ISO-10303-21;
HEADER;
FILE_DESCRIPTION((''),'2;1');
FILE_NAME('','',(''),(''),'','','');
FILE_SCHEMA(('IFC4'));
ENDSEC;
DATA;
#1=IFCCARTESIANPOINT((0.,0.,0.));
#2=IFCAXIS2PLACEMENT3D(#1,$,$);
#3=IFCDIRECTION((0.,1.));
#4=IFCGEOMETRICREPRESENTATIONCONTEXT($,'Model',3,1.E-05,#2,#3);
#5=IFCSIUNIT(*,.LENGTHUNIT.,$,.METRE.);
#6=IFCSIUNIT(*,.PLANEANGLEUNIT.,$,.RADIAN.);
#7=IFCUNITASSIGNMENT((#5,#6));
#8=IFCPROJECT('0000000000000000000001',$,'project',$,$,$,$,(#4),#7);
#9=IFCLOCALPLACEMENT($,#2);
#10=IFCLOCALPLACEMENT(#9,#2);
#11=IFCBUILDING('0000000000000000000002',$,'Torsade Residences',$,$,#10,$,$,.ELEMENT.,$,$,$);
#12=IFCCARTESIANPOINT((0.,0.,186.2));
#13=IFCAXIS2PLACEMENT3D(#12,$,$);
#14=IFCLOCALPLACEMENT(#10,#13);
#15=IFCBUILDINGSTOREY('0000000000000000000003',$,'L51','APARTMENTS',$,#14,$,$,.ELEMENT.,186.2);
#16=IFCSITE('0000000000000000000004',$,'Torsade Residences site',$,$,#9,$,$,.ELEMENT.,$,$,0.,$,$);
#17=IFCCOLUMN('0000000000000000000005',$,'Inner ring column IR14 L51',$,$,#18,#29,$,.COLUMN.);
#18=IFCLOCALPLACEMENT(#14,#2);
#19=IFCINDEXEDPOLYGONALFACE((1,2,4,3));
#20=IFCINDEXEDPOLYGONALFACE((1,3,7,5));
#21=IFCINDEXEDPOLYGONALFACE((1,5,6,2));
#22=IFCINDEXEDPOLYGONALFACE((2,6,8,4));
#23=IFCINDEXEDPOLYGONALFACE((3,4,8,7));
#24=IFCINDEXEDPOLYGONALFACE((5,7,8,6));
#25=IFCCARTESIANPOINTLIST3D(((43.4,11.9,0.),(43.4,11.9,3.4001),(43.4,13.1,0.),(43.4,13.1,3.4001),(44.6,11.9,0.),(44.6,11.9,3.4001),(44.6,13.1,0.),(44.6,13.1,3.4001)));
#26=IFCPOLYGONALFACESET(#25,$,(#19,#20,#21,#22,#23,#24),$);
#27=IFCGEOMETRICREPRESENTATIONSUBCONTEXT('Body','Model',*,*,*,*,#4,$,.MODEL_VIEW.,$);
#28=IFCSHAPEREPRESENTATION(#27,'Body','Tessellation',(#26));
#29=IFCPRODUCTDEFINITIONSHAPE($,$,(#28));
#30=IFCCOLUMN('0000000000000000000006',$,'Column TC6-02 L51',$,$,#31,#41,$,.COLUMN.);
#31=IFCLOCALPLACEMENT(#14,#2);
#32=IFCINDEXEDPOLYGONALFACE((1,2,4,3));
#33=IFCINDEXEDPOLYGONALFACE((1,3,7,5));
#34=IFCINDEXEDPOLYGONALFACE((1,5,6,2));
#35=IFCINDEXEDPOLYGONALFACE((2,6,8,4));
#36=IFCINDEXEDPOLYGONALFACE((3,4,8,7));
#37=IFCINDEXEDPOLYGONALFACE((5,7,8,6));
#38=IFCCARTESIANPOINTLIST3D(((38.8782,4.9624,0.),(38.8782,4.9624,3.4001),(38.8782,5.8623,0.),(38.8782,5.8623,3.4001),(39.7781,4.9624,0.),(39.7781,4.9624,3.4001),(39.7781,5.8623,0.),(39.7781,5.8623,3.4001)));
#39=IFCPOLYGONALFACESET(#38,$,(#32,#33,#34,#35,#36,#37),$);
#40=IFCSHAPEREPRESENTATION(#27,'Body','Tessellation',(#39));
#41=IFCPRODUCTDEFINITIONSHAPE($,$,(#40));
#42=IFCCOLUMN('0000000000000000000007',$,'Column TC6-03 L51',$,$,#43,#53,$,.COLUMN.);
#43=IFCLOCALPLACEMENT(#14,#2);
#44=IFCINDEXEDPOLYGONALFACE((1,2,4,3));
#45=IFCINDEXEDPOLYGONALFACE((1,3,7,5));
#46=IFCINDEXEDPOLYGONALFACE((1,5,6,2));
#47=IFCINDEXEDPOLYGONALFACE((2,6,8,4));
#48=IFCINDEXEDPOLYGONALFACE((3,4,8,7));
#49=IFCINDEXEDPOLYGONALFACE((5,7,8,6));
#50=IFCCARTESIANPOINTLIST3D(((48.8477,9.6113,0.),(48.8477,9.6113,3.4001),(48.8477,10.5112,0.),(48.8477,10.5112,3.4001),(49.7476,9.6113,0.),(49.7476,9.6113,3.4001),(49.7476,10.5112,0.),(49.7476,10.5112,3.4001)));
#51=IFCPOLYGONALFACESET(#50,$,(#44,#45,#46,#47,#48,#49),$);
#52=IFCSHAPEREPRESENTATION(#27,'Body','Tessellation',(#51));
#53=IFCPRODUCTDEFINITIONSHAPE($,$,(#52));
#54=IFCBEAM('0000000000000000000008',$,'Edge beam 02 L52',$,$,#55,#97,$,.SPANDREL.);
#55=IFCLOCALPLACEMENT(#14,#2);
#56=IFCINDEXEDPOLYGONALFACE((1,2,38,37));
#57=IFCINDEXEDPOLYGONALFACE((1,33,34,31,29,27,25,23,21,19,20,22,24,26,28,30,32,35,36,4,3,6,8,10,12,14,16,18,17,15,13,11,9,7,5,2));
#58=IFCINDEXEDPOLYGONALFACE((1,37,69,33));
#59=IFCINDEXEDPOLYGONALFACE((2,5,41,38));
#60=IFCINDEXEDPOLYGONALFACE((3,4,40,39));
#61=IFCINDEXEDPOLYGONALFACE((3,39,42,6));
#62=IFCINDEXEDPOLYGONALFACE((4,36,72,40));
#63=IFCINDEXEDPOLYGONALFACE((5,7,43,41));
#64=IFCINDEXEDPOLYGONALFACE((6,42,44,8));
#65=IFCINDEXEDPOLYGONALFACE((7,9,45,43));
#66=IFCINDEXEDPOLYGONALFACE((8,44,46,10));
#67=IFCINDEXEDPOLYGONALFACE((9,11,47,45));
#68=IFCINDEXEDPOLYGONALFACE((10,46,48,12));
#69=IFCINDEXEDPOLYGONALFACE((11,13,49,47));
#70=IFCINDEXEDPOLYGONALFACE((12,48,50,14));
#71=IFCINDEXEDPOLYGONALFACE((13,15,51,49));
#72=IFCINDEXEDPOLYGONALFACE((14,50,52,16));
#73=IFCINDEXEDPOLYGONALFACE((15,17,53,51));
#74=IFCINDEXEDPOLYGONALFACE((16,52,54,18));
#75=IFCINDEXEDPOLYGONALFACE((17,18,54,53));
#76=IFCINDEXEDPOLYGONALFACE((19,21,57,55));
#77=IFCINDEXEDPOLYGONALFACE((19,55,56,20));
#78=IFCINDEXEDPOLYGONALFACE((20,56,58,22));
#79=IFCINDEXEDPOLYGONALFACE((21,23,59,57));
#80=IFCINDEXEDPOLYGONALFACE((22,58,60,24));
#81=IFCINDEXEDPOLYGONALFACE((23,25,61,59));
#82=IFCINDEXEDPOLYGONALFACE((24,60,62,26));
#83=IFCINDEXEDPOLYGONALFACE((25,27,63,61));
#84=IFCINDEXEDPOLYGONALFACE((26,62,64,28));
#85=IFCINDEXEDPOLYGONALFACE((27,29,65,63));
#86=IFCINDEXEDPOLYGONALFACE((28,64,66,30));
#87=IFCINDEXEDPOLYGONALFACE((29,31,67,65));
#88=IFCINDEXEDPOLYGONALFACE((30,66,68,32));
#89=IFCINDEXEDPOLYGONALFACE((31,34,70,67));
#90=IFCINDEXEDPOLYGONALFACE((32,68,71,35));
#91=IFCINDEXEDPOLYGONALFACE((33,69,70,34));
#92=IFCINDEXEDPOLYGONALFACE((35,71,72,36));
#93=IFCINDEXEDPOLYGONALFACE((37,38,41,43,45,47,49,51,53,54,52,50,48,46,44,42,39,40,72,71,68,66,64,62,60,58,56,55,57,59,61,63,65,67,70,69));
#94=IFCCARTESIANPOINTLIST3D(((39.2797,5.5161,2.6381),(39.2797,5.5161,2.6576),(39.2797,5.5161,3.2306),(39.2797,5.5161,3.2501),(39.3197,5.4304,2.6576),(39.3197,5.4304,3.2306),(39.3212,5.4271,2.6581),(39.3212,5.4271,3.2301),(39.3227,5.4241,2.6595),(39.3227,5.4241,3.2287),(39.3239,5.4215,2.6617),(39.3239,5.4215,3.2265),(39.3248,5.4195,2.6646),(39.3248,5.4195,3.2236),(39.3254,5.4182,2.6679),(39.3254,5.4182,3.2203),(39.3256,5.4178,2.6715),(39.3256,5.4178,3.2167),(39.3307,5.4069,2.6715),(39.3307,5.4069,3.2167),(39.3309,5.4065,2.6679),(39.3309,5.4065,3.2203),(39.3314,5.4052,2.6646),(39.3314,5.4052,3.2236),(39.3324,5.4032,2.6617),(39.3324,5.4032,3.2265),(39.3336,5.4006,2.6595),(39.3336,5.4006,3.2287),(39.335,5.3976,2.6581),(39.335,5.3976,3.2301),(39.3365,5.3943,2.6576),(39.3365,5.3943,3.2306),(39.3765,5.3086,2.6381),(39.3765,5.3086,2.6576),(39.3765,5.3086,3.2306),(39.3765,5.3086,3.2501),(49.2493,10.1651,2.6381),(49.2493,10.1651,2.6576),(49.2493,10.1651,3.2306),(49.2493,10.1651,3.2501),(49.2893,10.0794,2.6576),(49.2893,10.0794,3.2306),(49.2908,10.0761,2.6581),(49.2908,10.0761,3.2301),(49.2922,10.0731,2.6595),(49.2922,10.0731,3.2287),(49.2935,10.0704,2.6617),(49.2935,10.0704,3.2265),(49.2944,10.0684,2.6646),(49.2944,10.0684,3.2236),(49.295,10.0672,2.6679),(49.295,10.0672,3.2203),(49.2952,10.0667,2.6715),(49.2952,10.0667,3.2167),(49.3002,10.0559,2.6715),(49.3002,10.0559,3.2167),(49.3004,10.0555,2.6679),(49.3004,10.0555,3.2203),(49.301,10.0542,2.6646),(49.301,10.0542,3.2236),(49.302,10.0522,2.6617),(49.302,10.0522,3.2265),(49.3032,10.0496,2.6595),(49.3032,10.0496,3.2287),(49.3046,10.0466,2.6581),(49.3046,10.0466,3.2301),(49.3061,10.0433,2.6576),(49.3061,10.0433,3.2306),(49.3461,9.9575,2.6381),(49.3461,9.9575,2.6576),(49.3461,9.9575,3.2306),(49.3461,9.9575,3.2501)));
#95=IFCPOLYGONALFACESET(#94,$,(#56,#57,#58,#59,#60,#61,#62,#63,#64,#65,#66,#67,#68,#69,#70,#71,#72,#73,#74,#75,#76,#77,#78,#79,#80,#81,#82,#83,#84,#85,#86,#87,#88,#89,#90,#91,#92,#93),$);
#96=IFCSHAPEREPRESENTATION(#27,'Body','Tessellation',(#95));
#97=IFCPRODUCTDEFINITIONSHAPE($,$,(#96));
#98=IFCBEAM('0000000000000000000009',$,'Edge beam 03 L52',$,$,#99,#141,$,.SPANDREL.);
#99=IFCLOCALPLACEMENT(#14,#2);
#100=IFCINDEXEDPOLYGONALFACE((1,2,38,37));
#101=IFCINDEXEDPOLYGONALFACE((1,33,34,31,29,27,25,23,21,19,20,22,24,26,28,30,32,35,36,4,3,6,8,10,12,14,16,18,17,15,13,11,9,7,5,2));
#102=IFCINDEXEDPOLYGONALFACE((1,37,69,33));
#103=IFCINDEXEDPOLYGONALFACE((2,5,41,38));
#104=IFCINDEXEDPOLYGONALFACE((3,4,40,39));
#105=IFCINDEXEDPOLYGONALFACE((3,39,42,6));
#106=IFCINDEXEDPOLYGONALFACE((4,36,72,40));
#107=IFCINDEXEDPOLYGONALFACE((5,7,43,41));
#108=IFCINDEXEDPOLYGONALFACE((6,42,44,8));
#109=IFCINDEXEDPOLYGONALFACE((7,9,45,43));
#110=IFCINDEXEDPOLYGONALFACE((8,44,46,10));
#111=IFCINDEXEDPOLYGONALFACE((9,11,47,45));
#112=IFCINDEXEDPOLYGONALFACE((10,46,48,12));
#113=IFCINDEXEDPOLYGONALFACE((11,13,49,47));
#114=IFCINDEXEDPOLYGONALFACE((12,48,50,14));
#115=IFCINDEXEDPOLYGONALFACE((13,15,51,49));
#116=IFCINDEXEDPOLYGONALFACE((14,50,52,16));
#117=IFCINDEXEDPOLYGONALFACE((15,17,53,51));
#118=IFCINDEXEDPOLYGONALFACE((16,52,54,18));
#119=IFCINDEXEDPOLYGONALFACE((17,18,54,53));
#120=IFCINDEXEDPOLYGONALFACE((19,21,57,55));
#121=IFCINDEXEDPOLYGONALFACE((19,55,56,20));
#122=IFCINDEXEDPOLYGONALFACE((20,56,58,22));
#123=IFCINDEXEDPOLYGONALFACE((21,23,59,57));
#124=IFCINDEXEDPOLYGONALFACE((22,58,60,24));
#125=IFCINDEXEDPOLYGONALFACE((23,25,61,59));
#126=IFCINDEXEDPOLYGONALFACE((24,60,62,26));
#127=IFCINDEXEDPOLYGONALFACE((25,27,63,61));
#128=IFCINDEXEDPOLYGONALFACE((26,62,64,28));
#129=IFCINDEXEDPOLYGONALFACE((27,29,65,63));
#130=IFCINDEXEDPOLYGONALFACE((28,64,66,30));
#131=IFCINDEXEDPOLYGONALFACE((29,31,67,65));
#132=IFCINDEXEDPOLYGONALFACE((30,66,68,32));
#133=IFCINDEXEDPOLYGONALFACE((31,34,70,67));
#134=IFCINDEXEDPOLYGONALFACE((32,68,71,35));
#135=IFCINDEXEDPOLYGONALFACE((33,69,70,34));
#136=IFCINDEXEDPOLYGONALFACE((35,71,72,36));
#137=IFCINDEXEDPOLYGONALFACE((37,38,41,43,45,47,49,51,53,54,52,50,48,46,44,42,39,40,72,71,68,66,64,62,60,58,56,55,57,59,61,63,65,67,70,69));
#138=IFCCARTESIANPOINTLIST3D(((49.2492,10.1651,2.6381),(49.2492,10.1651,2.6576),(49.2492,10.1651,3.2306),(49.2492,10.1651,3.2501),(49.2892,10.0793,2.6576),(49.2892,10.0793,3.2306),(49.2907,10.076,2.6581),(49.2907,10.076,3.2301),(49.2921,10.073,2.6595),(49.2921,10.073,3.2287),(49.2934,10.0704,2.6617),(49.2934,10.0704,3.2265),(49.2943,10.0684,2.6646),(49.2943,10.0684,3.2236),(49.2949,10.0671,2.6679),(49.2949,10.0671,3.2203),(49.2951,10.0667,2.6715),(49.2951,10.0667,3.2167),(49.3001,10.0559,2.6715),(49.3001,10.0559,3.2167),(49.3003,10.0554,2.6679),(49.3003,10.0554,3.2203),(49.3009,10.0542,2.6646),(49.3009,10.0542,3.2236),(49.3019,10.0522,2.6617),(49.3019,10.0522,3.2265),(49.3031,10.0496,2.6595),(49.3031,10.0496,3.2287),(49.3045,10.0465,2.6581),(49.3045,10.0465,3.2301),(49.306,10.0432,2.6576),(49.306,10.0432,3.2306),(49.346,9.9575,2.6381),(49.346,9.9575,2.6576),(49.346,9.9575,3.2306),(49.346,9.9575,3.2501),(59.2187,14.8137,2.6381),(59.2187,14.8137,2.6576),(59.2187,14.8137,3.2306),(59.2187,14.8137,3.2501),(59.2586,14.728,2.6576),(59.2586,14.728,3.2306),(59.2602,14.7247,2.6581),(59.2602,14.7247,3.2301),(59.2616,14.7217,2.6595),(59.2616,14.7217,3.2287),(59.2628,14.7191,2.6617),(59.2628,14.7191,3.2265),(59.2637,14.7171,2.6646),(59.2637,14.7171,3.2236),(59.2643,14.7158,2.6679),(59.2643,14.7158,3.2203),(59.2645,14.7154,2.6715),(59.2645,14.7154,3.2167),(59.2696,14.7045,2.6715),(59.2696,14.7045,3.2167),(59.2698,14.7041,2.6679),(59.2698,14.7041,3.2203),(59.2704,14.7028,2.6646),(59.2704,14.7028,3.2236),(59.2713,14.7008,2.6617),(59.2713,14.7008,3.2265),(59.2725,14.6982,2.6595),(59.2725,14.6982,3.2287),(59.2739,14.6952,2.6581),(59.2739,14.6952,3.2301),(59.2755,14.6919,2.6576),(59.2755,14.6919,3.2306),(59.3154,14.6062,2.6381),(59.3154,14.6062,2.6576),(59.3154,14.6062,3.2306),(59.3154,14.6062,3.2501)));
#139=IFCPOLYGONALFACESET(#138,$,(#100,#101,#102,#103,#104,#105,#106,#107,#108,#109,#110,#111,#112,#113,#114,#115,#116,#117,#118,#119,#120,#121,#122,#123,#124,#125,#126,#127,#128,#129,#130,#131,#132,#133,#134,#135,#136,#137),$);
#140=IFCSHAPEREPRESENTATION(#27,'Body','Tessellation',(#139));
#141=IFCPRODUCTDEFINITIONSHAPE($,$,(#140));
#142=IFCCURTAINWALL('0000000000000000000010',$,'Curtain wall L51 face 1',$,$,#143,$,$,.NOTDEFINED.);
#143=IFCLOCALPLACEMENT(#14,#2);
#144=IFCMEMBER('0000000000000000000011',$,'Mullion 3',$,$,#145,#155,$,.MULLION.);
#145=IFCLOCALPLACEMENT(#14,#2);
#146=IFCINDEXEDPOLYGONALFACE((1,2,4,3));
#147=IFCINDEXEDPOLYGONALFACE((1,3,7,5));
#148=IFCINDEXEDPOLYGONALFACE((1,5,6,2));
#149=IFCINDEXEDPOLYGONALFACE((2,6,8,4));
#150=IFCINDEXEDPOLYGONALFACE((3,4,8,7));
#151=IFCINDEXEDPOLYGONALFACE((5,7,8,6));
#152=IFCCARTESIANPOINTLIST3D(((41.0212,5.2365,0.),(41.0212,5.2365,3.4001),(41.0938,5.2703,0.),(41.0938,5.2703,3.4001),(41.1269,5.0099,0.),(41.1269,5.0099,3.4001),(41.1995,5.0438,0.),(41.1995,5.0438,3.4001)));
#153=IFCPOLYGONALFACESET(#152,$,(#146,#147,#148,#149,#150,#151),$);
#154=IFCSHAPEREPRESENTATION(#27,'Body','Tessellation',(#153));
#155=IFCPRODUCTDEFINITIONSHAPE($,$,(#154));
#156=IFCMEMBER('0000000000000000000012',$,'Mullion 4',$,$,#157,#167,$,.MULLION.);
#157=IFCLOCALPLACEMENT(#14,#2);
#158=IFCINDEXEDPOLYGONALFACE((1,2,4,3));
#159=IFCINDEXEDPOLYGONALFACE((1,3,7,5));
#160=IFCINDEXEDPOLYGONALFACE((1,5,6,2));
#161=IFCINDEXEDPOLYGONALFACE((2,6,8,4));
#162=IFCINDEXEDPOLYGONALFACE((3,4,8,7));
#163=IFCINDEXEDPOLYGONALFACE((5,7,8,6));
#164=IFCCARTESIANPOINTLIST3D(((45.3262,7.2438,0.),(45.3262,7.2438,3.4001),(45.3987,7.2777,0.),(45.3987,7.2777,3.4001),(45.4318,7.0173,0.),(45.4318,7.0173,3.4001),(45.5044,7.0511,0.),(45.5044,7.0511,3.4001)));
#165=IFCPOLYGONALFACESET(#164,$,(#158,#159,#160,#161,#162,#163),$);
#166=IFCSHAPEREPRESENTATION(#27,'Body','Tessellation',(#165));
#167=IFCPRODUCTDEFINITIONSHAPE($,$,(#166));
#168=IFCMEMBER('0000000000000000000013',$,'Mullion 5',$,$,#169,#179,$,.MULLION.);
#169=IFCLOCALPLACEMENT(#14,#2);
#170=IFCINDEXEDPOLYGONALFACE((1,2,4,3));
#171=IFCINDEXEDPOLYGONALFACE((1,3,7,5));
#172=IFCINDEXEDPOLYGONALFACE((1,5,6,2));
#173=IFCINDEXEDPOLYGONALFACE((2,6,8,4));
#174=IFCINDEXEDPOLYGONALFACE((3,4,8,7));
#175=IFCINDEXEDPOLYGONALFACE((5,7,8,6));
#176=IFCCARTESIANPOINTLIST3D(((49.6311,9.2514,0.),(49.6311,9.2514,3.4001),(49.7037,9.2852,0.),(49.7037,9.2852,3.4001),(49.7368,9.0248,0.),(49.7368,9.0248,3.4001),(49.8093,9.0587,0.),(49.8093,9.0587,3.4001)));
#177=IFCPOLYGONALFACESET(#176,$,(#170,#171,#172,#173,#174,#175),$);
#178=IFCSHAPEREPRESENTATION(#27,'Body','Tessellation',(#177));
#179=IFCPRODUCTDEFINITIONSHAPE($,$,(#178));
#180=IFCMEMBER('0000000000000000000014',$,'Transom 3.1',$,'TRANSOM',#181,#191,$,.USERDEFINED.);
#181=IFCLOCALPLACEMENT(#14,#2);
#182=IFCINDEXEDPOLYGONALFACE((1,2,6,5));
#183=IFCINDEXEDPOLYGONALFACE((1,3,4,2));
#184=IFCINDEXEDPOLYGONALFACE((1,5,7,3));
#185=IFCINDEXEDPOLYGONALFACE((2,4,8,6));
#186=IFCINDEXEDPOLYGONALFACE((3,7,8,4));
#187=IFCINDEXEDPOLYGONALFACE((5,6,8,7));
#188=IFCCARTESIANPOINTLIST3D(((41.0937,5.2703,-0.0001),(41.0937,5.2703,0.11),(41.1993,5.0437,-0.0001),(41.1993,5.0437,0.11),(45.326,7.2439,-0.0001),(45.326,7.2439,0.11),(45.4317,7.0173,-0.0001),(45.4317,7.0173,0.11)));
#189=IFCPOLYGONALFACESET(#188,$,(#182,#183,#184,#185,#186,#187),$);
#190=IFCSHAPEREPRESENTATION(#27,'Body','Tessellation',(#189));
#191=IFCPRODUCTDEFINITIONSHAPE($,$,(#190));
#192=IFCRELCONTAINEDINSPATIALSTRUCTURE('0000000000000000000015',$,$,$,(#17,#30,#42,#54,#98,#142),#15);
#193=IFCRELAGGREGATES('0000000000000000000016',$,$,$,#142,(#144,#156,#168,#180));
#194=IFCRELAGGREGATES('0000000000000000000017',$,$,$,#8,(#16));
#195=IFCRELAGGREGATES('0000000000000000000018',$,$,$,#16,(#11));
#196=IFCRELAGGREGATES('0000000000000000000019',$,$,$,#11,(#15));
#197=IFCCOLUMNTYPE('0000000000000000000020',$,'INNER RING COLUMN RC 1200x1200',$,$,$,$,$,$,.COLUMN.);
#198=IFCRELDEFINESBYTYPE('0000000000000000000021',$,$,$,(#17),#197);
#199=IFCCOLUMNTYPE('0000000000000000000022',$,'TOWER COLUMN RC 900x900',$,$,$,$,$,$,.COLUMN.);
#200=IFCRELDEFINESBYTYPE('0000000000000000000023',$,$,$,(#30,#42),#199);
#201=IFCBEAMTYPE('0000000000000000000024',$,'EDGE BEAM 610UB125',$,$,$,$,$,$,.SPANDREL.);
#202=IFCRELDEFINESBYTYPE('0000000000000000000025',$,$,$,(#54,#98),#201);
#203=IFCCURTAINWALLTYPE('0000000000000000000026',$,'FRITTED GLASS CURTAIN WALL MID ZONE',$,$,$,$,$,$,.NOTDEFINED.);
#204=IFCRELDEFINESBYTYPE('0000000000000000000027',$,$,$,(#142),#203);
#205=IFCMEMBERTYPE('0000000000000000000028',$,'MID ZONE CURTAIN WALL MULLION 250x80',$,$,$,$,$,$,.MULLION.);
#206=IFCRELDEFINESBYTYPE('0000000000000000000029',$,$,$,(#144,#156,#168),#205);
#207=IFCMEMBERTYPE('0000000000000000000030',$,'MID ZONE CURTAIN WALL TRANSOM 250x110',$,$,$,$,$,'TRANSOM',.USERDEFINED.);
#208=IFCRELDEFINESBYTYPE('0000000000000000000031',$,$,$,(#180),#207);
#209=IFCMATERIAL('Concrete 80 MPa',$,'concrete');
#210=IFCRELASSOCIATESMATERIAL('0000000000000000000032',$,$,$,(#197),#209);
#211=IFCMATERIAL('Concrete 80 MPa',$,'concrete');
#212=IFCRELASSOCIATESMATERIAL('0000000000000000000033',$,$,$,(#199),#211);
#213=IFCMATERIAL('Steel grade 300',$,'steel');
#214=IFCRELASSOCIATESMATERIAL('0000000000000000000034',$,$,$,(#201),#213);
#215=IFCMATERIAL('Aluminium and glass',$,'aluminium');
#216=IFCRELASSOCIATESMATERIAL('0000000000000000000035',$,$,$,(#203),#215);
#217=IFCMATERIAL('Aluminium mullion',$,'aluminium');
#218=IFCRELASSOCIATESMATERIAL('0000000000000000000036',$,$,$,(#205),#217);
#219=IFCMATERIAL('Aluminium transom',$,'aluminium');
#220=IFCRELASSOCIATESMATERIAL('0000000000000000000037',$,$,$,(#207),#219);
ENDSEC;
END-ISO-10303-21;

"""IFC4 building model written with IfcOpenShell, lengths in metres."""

from ifc_helpers import new_model, si_unit, direction, frame, origin, origin_2d, place, context, subcontext, project, spatial, rectangle, i_section, extrude, material, material_profile, profile_set, type_object, element, aggregate, save


model = new_model("IFC4")

# Units and contexts
model_context = context("Model", 3, precision=1e-05, world=origin(), true_north=direction((0.0, 1.0)))
body_context = subcontext(model_context, "Body", "Model", "MODEL_VIEW")
ifc_project = project(units=[si_unit("LENGTHUNIT", "METRE"), si_unit("PLANEANGLEUNIT", "RADIAN")], contexts=[model_context])

# Site, building, storey
site_placement = place(None, origin())
site = spatial("IfcSite", under=ifc_project, at=site_placement, Name="Torsade Residences site", CompositionType="ELEMENT", RefElevation=0.0)
building_placement = place(site_placement, origin())
building = spatial("IfcBuilding", under=site, at=building_placement, Name="Torsade Residences", CompositionType="ELEMENT")
storey_placement = place(building_placement, frame((0.0, 0.0, 186.2)))
storey = spatial("IfcBuildingStorey", under=building, at=storey_placement, Name="L51", Description="APARTMENTS", CompositionType="ELEMENT", Elevation=186.2)

# Columns
ifc_material_1 = material(Name="Concrete 80 MPa", Category="concrete")
ifc_material_profile_1 = material_profile(ifc_material_1, rectangle(XDim=1.2, YDim=1.2, at=origin_2d()), Name="RC 1200x1200")
ifc_profile_set_1 = profile_set([ifc_material_profile_1], Name="Concrete 80 MPa")
column_type_1 = type_object("IfcColumnType", Name="INNER RING COLUMN RC 1200x1200", PredefinedType="COLUMN", material=ifc_profile_set_1)
column_placement = place(storey_placement, frame((44.0, 12.5, 0.0), z_axis=(0.0, 0.0, 1.0), x_axis=(1.0, 0.0, 0.0)))
element("IfcColumn", 1, at=column_placement, inside=storey, type_object=column_type_1, Name="Inner ring column IR14 L51", PredefinedType="COLUMN", context=body_context, shape_type="SweptSolid", body=[
    extrude(rectangle(XDim=1.2, YDim=1.2, at=origin_2d()), origin(), (0.0, 0.0, 1.0), 3.4001),
])
ifc_material_2 = material(Name="Concrete 80 MPa", Category="concrete")
ifc_material_profile_2 = material_profile(ifc_material_2, rectangle(XDim=0.8999, YDim=0.8999, at=origin_2d()), Name="RC 900x900")
ifc_profile_set_2 = profile_set([ifc_material_profile_2], Name="Concrete 80 MPa")
column_type_2 = type_object("IfcColumnType", Name="TOWER COLUMN RC 900x900", PredefinedType="COLUMN", material=ifc_profile_set_2)
for number, where, z_axis, x_axis, name in (
    (2, (39.3281, 5.4124, 0.0), (0.0, 0.0, 1.0), (1.0, 0.0, 0.0), "Column TC6-02 L51"),
    (3, (49.2976, 10.0613, 0.0), (0.0, 0.0, 1.0), (1.0, 0.0, 0.0), "Column TC6-03 L51"),
):
    element("IfcColumn", number, at=place(storey_placement, frame(where, z_axis=z_axis, x_axis=x_axis)), inside=storey, type_object=column_type_2, Name=name, PredefinedType="COLUMN", context=body_context, shape_type="SweptSolid", body=[
        extrude(rectangle(XDim=0.8999, YDim=0.8999, at=origin_2d()), origin(), (0.0, 0.0, 1.0), 3.4001),
    ])

# Beams
ifc_material_3 = material(Name="Steel grade 300", Category="steel")
ifc_material_profile_3 = material_profile(ifc_material_3, i_section(OverallWidth=0.229, OverallDepth=0.6121, WebThickness=0.012, FlangeThickness=0.0195, FilletRadius=0.0139, at=origin_2d()), Name="610UB125")
ifc_profile_set_3 = profile_set([ifc_material_profile_3], Name="Steel grade 300")
beam_type_1 = type_object("IfcBeamType", Name="EDGE BEAM 610UB125", PredefinedType="SPANDREL", material=ifc_profile_set_3)
beam_1_placement = place(storey_placement, frame((39.3281, 5.4124, 2.9441), z_axis=(0.906305, 0.422624, 0.0), x_axis=(-0.422624, 0.906305, 0.0)))
element("IfcBeam", 4, at=beam_1_placement, inside=storey, type_object=beam_type_1, Name="Edge beam 02 L52", PredefinedType="SPANDREL", context=body_context, shape_type="SweptSolid", body=[
    extrude(i_section(OverallWidth=0.229, OverallDepth=0.6121, WebThickness=0.012, FlangeThickness=0.0195, FilletRadius=0.0139, at=origin_2d()), origin(), (0.0, 0.0, 1.0), 11.0002),
])
beam_2_placement = place(storey_placement, frame((49.2976, 10.0613, 2.9441), z_axis=(0.906314, 0.422606, 0.0), x_axis=(-0.422606, 0.906314, 0.0)))
element("IfcBeam", 5, at=beam_2_placement, inside=storey, type_object=beam_type_1, Name="Edge beam 03 L52", PredefinedType="SPANDREL", context=body_context, shape_type="SweptSolid", body=[
    extrude(i_section(OverallWidth=0.229, OverallDepth=0.6121, WebThickness=0.012, FlangeThickness=0.0195, FilletRadius=0.0139, at=origin_2d()), origin(), (0.0, 0.0, 1.0), 11.0),
])

# Curtain wall, members
ifc_material_4 = material(Name="Aluminium and glass", Category="aluminium")
curtain_wall_type = type_object("IfcCurtainWallType", Name="FRITTED GLASS CURTAIN WALL MID ZONE", PredefinedType="NOTDEFINED", material=ifc_material_4)
curtain_wall_placement = place(storey_placement, origin())
curtain_wall = element("IfcCurtainWall", 6, at=curtain_wall_placement, inside=storey, type_object=curtain_wall_type, Name="Curtain wall L51 face 1", PredefinedType="NOTDEFINED")
ifc_material_5 = material(Name="Aluminium mullion", Category="aluminium")
ifc_material_profile_4 = material_profile(ifc_material_5, rectangle(XDim=0.25, YDim=0.0801, at=origin_2d()), Name="MID ZONE CURTAIN WALL MULLION 250x80")
ifc_profile_set_4 = profile_set([ifc_material_profile_4], Name="Aluminium mullion")
member_type_1 = type_object("IfcMemberType", Name="MID ZONE CURTAIN WALL MULLION 250x80", PredefinedType="MULLION", material=ifc_profile_set_4)
member_1_placement = place(storey_placement, frame((41.1104, 5.1401, 0.0), z_axis=(0.0, 0.0, 1.0), x_axis=(-0.422618, 0.906308, 0.0)))
member_1 = element("IfcMember", 7, at=member_1_placement, type_object=member_type_1, Name="Mullion 3", PredefinedType="MULLION", context=body_context, shape_type="SweptSolid", body=[
    extrude(rectangle(XDim=0.25, YDim=0.0801, at=origin_2d()), origin(), (0.0, 0.0, 1.0), 3.4001),
])
member_2_placement = place(storey_placement, frame((45.4153, 7.1475, 0.0), z_axis=(0.0, 0.0, 1.0), x_axis=(-0.422618, 0.906308, 0.0)))
member_2 = element("IfcMember", 8, at=member_2_placement, type_object=member_type_1, Name="Mullion 4", PredefinedType="MULLION", context=body_context, shape_type="SweptSolid", body=[
    extrude(rectangle(XDim=0.25, YDim=0.0801, at=origin_2d()), origin(), (0.0, 0.0, 1.0), 3.4001),
])
member_3_placement = place(storey_placement, frame((49.7202, 9.155, 0.0), z_axis=(0.0, 0.0, 1.0), x_axis=(-0.422618, 0.906308, 0.0)))
member_3 = element("IfcMember", 9, at=member_3_placement, type_object=member_type_1, Name="Mullion 5", PredefinedType="MULLION", context=body_context, shape_type="SweptSolid", body=[
    extrude(rectangle(XDim=0.25, YDim=0.0801, at=origin_2d()), origin(), (0.0, 0.0, 1.0), 3.4001),
])
ifc_material_6 = material(Name="Aluminium transom", Category="aluminium")
ifc_material_profile_5 = material_profile(ifc_material_6, rectangle(XDim=0.25, YDim=0.1101, at=origin_2d()), Name="MID ZONE CURTAIN WALL TRANSOM 250x110")
ifc_profile_set_5 = profile_set([ifc_material_profile_5], Name="Aluminium transom")
member_type_2 = type_object("IfcMemberType", Name="MID ZONE CURTAIN WALL TRANSOM 250x110", ElementType="TRANSOM", PredefinedType="USERDEFINED", material=ifc_profile_set_5)
member_4_placement = place(storey_placement, frame((41.1465, 5.157, 0.0549), z_axis=(0.906306, 0.422622, 0.0), x_axis=(-0.422622, 0.906306, 0.0)))
member_4 = element("IfcMember", 10, at=member_4_placement, type_object=member_type_2, Name="Transom 3.1", ObjectType="TRANSOM", PredefinedType="USERDEFINED", context=body_context, shape_type="SweptSolid", body=[
    extrude(rectangle(XDim=0.25, YDim=0.1101, at=origin_2d()), origin(), (0.0, 0.0, 1.0), 4.6699),
])

aggregate(curtain_wall, [member_1, member_2, member_3, member_4])

save(model, "model.ifc")
